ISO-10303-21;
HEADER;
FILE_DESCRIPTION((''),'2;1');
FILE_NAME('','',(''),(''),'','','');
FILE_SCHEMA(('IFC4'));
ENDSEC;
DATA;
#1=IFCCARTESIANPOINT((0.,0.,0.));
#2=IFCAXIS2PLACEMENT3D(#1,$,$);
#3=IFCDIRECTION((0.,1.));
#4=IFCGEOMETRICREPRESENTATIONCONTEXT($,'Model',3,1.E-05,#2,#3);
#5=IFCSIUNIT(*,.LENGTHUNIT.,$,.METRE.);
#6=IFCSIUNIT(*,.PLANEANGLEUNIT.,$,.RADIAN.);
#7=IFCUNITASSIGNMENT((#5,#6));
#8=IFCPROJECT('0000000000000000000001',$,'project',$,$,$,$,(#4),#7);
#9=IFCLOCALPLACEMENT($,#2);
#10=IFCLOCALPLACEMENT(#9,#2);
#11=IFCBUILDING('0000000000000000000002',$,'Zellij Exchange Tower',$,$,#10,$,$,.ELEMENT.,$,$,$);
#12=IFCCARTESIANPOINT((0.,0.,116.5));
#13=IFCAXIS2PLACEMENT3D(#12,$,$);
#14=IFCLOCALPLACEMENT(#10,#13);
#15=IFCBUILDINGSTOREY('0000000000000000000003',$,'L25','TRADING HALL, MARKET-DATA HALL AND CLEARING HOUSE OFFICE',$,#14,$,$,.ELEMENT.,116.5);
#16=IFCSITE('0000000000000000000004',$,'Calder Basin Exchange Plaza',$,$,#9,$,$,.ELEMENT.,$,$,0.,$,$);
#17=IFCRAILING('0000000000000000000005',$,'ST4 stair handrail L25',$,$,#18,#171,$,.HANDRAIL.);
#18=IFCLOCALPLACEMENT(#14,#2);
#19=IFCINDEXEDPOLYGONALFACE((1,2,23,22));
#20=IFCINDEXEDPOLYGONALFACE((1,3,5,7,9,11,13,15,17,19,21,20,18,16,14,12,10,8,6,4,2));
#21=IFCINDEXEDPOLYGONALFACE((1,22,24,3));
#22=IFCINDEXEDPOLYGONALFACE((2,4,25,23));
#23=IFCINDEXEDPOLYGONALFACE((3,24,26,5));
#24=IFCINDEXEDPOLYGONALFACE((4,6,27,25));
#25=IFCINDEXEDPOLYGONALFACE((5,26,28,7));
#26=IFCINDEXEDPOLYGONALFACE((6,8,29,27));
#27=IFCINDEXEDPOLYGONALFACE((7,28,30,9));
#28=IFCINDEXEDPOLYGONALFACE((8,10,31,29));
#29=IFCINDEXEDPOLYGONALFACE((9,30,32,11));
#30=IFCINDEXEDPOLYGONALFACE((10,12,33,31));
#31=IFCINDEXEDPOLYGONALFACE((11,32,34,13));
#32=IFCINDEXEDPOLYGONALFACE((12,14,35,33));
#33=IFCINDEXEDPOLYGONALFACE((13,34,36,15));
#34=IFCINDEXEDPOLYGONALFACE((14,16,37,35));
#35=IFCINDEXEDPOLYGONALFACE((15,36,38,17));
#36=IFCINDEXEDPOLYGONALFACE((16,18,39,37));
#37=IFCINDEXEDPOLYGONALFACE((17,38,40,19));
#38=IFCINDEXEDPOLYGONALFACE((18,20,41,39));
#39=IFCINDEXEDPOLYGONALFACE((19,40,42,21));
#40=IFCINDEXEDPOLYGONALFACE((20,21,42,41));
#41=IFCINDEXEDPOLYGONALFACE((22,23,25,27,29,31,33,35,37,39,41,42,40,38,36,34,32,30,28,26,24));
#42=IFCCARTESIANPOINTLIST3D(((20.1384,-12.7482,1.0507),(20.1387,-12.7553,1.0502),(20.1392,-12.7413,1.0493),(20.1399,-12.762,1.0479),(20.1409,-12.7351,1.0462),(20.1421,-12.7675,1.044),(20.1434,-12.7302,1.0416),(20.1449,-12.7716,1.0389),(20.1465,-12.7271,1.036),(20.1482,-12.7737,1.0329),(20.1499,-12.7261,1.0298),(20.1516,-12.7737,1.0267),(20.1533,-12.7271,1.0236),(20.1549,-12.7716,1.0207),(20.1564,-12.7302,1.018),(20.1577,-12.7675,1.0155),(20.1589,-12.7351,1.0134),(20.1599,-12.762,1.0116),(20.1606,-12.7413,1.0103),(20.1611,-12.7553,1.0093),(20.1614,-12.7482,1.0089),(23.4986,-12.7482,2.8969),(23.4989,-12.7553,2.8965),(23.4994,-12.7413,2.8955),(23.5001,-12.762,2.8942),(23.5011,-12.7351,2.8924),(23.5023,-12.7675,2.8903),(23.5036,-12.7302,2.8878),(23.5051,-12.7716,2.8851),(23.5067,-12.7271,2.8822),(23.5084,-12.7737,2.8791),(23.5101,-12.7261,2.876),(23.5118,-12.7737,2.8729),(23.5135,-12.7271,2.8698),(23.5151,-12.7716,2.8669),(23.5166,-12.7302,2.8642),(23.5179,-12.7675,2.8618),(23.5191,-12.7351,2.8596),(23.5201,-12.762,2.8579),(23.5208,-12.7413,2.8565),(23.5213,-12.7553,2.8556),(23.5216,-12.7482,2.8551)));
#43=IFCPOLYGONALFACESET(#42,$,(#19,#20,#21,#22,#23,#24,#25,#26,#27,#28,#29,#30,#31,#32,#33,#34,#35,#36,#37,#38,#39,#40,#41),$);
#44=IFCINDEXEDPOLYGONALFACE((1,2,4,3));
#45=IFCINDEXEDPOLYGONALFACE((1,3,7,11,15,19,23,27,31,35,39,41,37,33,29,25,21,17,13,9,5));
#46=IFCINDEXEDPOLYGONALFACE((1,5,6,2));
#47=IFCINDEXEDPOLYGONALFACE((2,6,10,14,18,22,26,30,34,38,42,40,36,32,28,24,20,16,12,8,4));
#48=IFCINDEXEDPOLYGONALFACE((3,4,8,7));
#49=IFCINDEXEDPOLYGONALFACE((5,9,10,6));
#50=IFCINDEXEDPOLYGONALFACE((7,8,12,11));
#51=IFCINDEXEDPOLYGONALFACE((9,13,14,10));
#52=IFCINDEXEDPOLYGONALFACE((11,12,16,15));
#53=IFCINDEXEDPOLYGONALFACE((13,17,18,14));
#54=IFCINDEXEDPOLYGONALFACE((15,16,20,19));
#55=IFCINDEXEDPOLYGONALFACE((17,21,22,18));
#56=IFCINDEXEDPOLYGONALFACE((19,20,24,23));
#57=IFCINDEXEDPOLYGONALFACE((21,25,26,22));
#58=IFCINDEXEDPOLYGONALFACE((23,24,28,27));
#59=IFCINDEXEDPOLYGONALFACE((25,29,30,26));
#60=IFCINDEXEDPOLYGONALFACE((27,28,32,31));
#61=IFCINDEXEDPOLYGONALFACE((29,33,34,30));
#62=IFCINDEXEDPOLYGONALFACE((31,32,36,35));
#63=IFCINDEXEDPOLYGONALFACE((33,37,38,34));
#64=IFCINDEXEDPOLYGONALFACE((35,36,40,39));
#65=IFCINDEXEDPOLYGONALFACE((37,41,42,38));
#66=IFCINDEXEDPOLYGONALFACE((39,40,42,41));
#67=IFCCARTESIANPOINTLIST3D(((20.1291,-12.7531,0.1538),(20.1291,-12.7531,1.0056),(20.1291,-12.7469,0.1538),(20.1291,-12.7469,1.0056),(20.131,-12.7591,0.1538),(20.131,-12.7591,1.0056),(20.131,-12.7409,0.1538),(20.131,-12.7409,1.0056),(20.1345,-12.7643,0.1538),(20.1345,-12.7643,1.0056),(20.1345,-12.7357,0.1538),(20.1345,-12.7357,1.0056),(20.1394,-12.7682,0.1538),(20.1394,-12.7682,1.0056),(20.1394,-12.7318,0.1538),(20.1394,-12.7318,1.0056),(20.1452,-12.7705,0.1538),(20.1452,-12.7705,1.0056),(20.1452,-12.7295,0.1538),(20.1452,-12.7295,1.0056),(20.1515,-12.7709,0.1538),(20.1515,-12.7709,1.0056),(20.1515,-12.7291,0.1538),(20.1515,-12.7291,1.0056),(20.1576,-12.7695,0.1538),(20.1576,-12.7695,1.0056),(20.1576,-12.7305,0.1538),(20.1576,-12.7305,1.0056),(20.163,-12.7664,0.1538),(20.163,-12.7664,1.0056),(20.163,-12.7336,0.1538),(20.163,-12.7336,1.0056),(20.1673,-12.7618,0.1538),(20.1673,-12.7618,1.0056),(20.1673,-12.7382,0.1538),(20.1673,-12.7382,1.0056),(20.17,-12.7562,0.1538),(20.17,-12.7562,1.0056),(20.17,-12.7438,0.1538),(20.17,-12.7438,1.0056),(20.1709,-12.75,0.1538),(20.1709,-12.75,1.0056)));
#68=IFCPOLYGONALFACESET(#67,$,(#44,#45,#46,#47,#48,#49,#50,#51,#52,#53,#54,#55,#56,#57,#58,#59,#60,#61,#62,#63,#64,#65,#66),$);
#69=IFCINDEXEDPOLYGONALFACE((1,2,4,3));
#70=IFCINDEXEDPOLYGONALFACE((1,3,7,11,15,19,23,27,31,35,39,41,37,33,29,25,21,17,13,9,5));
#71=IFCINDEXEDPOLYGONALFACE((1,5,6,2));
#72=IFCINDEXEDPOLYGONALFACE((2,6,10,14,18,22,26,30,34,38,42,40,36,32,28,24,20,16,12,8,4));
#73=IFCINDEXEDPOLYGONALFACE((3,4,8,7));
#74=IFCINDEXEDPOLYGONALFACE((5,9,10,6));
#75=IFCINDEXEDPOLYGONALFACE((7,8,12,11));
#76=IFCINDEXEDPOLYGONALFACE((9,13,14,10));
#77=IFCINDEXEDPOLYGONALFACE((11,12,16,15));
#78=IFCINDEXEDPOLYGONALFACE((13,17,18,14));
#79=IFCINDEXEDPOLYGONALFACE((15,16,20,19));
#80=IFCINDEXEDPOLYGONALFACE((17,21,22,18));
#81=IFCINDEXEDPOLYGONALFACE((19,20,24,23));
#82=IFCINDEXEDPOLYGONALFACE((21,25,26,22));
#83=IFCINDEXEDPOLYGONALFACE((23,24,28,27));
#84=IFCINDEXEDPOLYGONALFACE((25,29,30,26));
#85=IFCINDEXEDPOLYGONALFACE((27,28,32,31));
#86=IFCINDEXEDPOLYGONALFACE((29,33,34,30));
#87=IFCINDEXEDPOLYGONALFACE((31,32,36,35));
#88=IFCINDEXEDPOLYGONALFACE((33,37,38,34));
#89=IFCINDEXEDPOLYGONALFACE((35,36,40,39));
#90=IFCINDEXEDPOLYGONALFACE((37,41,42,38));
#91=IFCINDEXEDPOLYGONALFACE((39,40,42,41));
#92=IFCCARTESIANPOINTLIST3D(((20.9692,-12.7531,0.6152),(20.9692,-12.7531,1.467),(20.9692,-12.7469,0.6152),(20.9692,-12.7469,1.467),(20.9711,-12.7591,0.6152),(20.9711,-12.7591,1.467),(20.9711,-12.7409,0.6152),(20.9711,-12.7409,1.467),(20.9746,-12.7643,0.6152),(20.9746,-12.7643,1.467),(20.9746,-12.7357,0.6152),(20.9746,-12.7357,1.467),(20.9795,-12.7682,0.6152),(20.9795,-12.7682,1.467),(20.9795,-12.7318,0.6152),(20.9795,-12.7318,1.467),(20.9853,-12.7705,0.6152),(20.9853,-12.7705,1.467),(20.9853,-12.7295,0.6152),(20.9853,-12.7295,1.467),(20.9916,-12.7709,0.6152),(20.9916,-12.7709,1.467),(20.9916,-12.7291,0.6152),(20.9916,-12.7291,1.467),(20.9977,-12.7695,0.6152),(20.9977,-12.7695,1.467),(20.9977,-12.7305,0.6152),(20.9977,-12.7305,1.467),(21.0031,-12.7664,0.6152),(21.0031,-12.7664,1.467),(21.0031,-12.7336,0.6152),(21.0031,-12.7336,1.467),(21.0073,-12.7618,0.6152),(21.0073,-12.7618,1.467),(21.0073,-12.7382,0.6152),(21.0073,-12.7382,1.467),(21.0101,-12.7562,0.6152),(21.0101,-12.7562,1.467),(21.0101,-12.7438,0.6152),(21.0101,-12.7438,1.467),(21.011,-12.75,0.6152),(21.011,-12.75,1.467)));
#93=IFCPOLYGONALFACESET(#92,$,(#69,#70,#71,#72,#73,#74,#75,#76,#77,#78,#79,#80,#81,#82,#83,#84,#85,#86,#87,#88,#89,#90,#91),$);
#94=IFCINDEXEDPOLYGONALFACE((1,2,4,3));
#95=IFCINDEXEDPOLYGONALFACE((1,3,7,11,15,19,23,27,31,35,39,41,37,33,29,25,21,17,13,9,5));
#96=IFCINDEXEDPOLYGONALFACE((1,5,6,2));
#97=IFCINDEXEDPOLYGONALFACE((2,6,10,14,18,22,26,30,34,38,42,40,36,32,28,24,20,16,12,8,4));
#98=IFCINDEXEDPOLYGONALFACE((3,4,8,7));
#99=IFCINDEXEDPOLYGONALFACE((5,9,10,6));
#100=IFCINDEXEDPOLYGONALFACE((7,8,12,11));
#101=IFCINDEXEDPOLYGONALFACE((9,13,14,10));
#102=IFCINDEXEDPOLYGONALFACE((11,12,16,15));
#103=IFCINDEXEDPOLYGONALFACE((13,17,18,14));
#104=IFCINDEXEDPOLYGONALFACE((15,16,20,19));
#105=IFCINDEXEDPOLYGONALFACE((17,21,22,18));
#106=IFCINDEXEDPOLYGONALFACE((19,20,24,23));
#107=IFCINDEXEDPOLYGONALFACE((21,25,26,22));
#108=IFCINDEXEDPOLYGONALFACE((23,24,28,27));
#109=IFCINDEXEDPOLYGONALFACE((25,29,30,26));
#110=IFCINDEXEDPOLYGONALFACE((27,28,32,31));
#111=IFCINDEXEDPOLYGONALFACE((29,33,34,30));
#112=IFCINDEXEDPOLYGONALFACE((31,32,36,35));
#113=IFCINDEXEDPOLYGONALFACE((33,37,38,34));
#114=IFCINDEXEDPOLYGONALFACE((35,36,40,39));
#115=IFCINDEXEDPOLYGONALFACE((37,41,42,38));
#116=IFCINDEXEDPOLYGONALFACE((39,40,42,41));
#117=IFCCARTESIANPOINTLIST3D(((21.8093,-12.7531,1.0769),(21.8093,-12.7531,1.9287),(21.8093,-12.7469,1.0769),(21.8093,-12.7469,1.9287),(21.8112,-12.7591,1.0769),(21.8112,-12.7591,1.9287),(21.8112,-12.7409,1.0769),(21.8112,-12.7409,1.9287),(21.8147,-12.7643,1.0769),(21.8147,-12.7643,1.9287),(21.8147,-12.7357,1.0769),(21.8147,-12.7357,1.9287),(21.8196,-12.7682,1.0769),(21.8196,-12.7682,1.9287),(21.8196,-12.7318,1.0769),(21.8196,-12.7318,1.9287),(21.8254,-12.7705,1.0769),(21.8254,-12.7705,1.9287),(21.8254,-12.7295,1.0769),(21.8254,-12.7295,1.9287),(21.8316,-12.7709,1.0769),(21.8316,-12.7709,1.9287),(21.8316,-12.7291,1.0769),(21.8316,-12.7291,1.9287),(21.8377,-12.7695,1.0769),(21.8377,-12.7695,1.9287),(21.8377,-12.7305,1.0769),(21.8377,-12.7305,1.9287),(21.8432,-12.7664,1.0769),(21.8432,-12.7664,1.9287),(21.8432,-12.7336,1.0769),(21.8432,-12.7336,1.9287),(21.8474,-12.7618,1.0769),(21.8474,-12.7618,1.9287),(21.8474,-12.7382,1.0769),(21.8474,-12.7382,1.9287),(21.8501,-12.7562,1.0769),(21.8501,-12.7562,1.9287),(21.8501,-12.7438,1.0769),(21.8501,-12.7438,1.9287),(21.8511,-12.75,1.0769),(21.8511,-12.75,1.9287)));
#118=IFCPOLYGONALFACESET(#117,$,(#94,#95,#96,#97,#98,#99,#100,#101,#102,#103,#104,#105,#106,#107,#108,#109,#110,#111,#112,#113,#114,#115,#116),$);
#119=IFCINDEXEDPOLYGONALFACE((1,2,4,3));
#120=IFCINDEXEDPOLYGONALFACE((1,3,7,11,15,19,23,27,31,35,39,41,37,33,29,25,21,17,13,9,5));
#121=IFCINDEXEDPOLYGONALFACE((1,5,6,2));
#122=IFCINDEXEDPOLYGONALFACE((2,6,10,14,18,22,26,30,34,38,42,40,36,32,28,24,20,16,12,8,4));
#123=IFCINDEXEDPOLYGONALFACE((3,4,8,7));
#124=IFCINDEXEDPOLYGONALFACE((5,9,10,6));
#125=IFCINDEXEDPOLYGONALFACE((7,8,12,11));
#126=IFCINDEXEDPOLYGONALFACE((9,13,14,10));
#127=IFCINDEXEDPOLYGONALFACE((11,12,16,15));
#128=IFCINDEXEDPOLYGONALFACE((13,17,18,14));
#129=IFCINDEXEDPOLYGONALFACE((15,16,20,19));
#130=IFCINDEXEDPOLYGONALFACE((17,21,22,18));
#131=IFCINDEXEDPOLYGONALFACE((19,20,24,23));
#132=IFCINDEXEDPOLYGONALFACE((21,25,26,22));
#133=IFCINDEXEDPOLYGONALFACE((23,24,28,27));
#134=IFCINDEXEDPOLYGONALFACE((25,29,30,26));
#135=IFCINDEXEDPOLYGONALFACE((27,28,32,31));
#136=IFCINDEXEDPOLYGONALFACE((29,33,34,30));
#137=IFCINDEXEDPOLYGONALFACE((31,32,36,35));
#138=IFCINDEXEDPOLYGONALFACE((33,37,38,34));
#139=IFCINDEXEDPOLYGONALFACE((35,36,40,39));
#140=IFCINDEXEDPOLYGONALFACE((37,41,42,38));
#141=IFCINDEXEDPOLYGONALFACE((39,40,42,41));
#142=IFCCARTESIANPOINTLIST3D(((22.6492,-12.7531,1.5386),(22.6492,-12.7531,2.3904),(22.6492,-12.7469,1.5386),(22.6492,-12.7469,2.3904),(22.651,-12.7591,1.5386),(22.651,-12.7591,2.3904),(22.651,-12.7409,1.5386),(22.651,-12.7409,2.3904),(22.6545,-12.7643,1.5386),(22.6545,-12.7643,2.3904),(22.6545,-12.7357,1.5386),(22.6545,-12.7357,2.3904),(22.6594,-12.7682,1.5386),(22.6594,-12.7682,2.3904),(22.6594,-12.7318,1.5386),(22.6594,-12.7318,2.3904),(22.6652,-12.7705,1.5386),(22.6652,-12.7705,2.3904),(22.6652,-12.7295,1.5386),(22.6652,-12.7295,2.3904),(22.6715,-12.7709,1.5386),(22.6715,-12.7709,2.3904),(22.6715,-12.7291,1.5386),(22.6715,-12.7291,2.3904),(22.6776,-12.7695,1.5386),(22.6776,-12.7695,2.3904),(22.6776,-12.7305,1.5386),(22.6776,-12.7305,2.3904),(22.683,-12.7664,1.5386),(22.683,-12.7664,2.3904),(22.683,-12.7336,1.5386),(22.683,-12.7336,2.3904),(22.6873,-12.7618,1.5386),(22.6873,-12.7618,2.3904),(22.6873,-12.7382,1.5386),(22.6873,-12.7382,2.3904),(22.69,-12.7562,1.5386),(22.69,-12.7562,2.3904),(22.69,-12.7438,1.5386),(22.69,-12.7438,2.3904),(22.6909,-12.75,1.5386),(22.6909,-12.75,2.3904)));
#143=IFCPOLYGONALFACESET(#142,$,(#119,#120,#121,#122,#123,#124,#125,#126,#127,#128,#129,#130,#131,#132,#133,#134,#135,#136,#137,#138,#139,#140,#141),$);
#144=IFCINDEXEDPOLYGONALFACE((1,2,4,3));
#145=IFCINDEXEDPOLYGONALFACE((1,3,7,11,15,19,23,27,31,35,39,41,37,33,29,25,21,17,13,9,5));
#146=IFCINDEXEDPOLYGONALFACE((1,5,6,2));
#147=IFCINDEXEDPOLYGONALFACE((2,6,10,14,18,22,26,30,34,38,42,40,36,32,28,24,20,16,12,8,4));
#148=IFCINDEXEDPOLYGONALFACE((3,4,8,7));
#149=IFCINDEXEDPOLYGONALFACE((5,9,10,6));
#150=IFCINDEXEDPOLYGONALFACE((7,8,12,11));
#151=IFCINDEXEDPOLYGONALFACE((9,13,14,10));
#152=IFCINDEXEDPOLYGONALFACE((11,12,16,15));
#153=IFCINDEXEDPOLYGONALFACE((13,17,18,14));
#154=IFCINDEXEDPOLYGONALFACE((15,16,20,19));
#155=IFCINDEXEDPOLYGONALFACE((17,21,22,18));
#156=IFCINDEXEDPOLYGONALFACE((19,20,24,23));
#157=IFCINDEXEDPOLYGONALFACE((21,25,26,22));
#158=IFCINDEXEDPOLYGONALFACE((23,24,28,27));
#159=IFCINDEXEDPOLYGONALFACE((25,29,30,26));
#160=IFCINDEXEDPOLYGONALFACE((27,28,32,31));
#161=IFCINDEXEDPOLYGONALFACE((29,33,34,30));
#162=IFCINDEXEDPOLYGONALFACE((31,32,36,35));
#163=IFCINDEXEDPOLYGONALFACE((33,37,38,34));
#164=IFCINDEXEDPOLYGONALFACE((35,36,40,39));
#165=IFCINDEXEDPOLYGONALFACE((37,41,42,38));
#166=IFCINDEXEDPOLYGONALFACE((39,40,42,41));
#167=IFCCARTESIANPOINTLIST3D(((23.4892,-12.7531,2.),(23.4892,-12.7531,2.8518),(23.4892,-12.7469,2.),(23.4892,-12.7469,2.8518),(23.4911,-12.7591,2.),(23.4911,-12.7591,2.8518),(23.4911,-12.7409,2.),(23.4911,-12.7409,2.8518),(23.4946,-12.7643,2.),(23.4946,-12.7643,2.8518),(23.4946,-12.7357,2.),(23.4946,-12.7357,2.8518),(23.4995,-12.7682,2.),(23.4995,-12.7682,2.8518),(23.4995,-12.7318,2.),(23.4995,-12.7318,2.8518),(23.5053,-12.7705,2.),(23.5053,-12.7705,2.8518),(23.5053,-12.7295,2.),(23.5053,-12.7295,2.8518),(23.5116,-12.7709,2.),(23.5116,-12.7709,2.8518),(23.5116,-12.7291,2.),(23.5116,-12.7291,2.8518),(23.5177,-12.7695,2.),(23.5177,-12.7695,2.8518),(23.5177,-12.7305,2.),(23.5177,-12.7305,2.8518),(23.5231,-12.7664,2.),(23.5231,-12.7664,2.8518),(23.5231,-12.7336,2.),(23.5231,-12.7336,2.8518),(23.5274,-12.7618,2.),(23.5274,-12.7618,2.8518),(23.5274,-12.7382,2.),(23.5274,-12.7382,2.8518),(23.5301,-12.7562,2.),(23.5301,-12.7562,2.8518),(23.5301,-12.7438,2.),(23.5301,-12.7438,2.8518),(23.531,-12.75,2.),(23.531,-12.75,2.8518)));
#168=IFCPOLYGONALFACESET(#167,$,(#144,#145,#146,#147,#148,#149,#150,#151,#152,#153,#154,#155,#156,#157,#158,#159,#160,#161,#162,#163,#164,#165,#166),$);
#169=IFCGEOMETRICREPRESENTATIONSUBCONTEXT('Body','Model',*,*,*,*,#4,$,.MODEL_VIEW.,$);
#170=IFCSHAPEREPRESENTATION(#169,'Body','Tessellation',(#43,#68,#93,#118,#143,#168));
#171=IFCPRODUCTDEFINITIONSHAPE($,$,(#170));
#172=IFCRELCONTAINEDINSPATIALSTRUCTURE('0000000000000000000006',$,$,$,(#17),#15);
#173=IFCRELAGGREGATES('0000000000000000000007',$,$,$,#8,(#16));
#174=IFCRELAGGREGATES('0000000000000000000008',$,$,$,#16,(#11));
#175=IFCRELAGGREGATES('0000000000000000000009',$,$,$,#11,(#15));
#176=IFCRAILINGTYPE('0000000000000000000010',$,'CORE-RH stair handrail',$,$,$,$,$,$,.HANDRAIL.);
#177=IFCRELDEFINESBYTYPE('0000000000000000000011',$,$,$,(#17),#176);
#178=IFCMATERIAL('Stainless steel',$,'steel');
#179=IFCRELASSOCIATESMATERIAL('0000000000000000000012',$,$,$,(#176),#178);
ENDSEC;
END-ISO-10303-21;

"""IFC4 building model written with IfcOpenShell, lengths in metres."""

from ifc_helpers import new_model, si_unit, direction, frame, origin, origin_2d, place, context, subcontext, project, spatial, circle, extrude, material, type_object, element, save


model = new_model("IFC4")

# Units and contexts
model_context = context("Model", 3, precision=1e-05, world=origin(), true_north=direction((0.0, 1.0)))
body_context = subcontext(model_context, "Body", "Model", "MODEL_VIEW")
ifc_project = project(units=[si_unit("LENGTHUNIT", "METRE"), si_unit("PLANEANGLEUNIT", "RADIAN")], contexts=[model_context])

# Site, building, storey
site_placement = place(None, origin())
site = spatial("IfcSite", under=ifc_project, at=site_placement, Name="Calder Basin Exchange Plaza", CompositionType="ELEMENT", RefElevation=0.0)
building_placement = place(site_placement, origin())
building = spatial("IfcBuilding", under=site, at=building_placement, Name="Zellij Exchange Tower", CompositionType="ELEMENT")
storey_placement = place(building_placement, frame((0.0, 0.0, 116.5)))
storey = spatial("IfcBuildingStorey", under=building, at=storey_placement, Name="L25", Description="TRADING HALL, MARKET-DATA HALL AND CLEARING HOUSE OFFICE", CompositionType="ELEMENT", Elevation=116.5)

# Railing
ifc_material_1 = material(Name="Stainless steel", Category="steel")
railing_type = type_object("IfcRailingType", Name="CORE-RH stair handrail", PredefinedType="HANDRAIL", material=ifc_material_1)
for number, where, name in (
    (1, (20.1499, -12.75, 0.1538), "ST4 stair handrail L25"),
):
    element("IfcRailing", number, at=place(storey_placement, frame(where)), inside=storey, type_object=railing_type, Name=name, PredefinedType="HANDRAIL", context=body_context, shape_type="SweptSolid", body=[
        extrude(circle(Radius=0.0239, at=origin_2d()), frame((0.0, 0.0, 0.876), z_axis=(0.876422, 0.0, 0.481545), x_axis=(0.0, 1.0, 0.0)), (0.0, 0.0, 1.0), 3.834),
        extrude(circle(Radius=0.021, at=origin_2d()), origin(), (0.0, 0.0, 1.0), 0.8518),
        extrude(circle(Radius=0.021, at=origin_2d()), frame((0.8401, 0.0, 0.4614)), (0.0, 0.0, 1.0), 0.8518),
        extrude(circle(Radius=0.021, at=origin_2d()), frame((1.6802, 0.0, 0.9231)), (0.0, 0.0, 1.0), 0.8518),
        extrude(circle(Radius=0.021, at=origin_2d()), frame((2.52, 0.0, 1.3848)), (0.0, 0.0, 1.0), 0.8518),
        extrude(circle(Radius=0.021, at=origin_2d()), frame((3.3601, 0.0, 1.8462)), (0.0, 0.0, 1.0), 0.8518),
    ])

save(model, "model.ifc")
